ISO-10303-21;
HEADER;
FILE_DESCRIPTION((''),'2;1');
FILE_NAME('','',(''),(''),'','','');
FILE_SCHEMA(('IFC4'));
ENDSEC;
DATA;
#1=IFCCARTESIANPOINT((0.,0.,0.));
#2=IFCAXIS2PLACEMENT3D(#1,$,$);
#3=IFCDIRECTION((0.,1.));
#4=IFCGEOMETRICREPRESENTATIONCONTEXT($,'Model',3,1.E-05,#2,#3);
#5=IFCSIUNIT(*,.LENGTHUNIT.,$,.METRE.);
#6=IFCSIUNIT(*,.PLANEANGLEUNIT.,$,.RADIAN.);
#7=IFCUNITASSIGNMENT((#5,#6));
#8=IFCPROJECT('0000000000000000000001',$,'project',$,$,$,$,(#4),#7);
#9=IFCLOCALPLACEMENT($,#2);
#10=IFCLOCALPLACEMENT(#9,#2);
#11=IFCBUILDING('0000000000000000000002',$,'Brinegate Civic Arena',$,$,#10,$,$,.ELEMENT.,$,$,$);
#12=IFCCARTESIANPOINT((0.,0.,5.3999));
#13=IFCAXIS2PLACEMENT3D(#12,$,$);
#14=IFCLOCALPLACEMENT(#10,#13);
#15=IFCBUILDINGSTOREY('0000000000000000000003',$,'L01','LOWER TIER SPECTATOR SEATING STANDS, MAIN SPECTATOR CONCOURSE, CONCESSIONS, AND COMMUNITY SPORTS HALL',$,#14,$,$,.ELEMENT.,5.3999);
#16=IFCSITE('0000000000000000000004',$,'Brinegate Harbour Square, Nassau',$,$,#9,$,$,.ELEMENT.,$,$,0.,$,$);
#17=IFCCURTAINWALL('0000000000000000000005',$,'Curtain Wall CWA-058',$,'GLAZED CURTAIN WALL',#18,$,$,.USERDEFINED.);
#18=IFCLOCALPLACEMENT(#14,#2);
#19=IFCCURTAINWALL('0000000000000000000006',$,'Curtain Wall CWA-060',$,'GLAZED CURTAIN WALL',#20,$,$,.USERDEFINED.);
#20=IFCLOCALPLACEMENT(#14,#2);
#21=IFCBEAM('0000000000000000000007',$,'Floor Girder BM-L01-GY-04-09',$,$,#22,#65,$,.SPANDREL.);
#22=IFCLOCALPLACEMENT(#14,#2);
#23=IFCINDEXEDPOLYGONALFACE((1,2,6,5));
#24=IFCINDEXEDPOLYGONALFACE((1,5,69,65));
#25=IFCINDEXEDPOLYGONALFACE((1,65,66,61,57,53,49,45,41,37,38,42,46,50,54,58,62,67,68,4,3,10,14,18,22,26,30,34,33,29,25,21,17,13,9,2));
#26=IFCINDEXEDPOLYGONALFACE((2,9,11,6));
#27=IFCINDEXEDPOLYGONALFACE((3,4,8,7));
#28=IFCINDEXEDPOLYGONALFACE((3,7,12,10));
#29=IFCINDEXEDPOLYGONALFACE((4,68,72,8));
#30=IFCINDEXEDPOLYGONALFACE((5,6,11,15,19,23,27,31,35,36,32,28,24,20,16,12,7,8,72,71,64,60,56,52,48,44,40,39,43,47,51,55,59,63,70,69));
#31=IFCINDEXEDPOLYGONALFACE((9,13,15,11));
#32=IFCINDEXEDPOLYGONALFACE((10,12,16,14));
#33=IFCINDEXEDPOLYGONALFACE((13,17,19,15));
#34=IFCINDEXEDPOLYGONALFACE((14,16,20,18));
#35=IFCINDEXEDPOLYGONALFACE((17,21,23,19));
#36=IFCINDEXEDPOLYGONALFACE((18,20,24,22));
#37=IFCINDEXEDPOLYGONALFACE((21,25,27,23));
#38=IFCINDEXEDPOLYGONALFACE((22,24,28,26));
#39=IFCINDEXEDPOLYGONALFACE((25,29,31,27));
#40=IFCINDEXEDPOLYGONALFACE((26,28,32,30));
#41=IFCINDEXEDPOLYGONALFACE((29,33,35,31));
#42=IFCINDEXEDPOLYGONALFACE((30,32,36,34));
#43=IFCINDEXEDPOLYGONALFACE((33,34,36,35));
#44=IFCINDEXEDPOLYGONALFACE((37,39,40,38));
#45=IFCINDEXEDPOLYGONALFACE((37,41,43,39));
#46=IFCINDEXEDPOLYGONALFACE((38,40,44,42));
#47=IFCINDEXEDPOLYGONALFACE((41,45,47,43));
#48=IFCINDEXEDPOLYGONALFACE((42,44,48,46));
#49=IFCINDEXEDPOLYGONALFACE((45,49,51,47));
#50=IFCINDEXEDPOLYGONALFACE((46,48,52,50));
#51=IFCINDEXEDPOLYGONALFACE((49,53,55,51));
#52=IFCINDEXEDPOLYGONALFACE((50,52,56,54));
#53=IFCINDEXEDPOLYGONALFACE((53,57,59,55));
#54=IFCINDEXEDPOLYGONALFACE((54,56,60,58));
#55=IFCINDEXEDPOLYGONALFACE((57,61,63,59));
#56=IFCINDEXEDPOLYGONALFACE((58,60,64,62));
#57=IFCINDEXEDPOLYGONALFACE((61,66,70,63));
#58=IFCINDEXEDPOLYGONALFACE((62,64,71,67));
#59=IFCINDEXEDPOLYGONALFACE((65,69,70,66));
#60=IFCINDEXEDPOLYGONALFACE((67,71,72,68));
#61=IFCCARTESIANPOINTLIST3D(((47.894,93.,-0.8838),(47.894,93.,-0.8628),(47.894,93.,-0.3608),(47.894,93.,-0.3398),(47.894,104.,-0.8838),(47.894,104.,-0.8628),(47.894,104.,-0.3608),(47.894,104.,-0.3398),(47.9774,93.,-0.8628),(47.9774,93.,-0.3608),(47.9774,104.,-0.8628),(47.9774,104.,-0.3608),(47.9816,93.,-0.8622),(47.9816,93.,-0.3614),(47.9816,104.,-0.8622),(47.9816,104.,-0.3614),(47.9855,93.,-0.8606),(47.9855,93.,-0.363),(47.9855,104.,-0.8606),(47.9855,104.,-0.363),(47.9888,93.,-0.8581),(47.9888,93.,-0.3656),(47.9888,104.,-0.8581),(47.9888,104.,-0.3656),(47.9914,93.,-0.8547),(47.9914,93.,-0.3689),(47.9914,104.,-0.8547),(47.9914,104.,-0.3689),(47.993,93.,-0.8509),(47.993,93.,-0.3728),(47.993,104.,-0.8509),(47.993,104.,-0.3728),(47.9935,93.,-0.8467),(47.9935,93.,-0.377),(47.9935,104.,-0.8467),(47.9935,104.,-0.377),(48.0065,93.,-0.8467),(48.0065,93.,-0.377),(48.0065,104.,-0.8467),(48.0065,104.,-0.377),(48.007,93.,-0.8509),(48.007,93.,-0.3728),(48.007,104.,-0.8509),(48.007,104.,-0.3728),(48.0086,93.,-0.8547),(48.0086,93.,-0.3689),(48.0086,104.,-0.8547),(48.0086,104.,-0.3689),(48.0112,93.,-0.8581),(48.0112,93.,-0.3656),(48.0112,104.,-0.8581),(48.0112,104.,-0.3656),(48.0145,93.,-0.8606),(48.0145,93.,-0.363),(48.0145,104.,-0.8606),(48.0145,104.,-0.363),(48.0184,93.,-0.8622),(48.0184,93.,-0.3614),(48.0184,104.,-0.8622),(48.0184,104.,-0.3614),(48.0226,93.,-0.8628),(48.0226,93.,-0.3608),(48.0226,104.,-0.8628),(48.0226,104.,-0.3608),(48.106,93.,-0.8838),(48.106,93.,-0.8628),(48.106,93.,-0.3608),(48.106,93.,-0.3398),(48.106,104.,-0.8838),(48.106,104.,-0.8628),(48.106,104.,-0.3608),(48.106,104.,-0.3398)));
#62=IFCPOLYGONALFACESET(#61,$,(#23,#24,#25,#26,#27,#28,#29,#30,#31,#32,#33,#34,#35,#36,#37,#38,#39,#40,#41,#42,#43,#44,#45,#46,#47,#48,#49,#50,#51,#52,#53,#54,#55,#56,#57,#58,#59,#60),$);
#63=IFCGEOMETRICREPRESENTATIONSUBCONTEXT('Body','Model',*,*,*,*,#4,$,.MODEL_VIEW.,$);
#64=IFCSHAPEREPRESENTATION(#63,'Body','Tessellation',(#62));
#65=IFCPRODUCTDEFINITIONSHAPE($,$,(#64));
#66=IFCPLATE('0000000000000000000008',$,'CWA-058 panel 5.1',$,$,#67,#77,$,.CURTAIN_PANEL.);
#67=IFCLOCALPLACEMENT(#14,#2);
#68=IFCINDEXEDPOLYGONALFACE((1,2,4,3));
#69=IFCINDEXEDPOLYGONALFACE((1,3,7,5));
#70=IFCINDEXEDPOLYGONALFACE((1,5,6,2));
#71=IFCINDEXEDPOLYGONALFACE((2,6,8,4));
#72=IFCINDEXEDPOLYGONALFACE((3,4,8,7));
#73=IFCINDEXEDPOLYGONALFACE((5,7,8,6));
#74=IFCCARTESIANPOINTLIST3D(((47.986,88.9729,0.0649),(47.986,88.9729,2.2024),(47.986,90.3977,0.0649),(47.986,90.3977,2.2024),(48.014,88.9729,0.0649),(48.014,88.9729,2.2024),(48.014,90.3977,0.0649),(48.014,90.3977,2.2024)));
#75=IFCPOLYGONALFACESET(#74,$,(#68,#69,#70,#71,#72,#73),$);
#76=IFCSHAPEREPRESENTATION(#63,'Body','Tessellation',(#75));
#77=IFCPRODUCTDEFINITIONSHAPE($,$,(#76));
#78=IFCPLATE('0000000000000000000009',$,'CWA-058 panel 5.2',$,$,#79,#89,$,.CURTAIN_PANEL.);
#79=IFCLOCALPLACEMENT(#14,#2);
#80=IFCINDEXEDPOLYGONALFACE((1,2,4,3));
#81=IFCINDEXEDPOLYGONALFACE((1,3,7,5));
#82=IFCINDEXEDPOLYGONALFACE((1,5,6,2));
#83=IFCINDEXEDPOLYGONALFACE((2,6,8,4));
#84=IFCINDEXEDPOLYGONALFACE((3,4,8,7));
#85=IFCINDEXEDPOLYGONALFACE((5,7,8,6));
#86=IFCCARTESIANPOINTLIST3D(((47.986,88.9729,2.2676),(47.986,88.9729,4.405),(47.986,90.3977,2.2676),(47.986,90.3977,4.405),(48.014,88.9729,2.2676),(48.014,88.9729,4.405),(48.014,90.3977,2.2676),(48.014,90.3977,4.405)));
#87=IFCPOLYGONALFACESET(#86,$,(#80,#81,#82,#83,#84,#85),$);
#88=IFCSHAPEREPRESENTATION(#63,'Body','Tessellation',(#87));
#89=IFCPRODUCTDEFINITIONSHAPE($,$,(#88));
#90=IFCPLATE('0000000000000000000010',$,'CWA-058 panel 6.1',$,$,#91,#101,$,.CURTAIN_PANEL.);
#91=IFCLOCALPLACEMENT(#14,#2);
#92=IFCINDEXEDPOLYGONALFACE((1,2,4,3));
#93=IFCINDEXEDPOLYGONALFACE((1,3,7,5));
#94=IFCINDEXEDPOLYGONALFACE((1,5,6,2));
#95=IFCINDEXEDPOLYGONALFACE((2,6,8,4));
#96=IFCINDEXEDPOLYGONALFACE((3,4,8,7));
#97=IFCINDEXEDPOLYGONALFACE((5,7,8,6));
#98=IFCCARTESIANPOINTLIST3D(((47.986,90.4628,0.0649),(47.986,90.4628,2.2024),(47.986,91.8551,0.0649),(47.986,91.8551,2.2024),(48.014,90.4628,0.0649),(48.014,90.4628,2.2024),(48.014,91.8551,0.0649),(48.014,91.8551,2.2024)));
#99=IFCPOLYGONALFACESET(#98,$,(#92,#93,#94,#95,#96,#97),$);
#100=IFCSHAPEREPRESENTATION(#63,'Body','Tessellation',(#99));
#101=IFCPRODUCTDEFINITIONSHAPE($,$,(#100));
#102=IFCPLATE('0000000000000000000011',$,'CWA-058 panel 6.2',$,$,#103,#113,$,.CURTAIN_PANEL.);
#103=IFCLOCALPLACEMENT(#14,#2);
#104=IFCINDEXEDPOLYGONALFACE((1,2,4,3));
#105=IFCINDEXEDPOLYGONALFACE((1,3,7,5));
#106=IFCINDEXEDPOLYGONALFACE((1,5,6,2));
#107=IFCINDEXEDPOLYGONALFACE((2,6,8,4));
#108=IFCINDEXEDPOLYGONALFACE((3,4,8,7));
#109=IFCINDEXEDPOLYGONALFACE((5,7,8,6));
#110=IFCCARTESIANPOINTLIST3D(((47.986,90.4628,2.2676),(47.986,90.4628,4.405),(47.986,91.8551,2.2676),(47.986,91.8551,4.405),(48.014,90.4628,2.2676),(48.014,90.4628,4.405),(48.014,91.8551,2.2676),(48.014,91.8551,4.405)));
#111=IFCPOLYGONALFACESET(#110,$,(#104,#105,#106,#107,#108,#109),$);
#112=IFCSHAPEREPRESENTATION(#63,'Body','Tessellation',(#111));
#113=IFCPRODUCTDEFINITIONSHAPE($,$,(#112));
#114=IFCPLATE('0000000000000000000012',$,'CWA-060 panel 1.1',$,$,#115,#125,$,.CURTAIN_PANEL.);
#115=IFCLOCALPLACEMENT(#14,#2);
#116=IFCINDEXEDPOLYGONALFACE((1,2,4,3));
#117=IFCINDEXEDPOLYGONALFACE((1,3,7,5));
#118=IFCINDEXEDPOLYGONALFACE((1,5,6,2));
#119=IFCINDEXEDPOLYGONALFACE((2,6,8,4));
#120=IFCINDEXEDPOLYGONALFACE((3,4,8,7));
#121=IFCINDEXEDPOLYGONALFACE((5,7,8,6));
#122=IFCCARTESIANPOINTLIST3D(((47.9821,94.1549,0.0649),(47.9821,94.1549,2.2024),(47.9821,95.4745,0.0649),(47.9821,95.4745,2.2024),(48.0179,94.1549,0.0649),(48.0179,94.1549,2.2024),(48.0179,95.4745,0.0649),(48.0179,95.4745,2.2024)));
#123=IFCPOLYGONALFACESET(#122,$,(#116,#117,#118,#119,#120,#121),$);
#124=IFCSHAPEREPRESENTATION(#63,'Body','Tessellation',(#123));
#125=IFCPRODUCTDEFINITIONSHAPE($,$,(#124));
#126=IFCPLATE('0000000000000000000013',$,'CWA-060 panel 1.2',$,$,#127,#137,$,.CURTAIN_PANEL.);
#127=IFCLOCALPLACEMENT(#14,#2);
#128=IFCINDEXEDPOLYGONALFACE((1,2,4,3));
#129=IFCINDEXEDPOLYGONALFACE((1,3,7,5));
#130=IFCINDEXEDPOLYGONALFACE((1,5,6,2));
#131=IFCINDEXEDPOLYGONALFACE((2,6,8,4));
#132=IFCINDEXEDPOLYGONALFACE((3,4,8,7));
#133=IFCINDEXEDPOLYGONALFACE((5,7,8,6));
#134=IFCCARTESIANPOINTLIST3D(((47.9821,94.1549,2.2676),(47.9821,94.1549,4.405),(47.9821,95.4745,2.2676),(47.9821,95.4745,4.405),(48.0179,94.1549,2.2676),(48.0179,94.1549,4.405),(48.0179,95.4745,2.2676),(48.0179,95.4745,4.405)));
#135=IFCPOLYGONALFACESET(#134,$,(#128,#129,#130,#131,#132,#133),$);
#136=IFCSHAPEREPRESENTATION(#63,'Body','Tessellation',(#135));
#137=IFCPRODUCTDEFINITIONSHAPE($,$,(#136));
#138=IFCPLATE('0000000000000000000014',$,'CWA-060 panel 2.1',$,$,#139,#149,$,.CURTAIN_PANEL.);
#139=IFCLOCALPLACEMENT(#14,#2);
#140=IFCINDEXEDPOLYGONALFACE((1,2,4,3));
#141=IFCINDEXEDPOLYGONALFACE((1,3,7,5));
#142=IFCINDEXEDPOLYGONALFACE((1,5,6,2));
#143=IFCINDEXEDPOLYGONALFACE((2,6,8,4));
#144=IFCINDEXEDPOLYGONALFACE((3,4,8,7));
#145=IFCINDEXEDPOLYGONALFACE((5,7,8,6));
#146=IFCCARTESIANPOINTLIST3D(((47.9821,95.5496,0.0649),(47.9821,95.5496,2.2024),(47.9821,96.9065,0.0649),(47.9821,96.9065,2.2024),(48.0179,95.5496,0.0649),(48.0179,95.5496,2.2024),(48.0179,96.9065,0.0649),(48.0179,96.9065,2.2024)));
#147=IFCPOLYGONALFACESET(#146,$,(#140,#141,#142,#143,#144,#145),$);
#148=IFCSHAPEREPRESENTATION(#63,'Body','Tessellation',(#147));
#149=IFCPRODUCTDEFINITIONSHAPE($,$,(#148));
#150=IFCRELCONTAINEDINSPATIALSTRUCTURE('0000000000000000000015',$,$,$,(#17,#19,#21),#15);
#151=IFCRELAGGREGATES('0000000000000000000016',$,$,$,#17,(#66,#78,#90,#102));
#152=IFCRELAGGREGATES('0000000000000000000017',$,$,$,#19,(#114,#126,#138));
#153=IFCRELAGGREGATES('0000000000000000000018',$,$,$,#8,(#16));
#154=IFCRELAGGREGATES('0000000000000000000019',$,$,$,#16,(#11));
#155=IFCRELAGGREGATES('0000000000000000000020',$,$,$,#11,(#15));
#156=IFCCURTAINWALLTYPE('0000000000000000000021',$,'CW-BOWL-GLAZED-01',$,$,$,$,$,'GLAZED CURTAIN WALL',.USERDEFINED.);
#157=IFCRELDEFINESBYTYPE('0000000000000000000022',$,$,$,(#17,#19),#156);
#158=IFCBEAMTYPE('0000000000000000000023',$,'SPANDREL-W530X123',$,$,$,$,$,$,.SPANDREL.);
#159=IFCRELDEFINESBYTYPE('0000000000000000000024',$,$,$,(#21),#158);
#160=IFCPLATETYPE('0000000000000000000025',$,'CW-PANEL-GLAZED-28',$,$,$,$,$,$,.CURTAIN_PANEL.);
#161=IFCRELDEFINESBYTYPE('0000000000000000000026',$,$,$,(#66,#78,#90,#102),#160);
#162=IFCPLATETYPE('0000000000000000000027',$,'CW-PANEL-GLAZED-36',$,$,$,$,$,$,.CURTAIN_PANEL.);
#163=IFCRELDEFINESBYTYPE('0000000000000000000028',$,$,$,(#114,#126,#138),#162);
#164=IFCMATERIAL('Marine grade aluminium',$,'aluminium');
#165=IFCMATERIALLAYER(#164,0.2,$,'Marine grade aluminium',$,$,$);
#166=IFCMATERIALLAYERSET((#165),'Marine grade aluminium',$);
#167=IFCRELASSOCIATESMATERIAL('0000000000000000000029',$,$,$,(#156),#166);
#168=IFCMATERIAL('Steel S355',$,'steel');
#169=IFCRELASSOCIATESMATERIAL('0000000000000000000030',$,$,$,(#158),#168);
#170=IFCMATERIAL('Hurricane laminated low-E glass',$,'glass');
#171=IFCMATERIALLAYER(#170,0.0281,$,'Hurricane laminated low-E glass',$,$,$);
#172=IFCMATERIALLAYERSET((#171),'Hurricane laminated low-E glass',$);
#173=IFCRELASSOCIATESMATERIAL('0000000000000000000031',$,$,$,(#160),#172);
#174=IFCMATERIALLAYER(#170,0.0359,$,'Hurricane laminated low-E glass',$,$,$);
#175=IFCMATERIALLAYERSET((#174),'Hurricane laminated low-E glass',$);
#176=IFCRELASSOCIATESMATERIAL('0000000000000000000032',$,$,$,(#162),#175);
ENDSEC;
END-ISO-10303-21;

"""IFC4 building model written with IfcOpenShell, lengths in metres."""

from ifc_helpers import new_model, si_unit, direction, frame, origin, origin_2d, place, context, subcontext, project, spatial, rectangle, i_section, extrude, material, layer, layer_set, material_profile, profile_set, type_object, element, aggregate, save


model = new_model("IFC4")

# Units and contexts
model_context = context("Model", 3, precision=1e-05, world=origin(), true_north=direction((0.0, 1.0)))
body_context = subcontext(model_context, "Body", "Model", "MODEL_VIEW")
ifc_project = project(units=[si_unit("LENGTHUNIT", "METRE"), si_unit("PLANEANGLEUNIT", "RADIAN")], contexts=[model_context])

# Site, building, storey
site_placement = place(None, origin())
site = spatial("IfcSite", under=ifc_project, at=site_placement, Name="Brinegate Harbour Square, Nassau", CompositionType="ELEMENT", RefElevation=0.0)
building_placement = place(site_placement, origin())
building = spatial("IfcBuilding", under=site, at=building_placement, Name="Brinegate Civic Arena", CompositionType="ELEMENT")
storey_placement = place(building_placement, frame((0.0, 0.0, 5.3999)))
storey = spatial("IfcBuildingStorey", under=building, at=storey_placement, Name="L01", Description="LOWER TIER SPECTATOR SEATING STANDS, MAIN SPECTATOR CONCOURSE, CONCESSIONS, AND COMMUNITY SPORTS HALL", CompositionType="ELEMENT", Elevation=5.3999)

# Curtain walls
ifc_material_1 = material(Name="Marine grade aluminium", Category="aluminium")
ifc_layer_1 = layer(ifc_material_1, 0.2, Name="Marine grade aluminium")
ifc_layer_set_1 = layer_set([ifc_layer_1], Name="Marine grade aluminium")
curtain_wall_type = type_object("IfcCurtainWallType", Name="CW-BOWL-GLAZED-01", ElementType="GLAZED CURTAIN WALL", PredefinedType="USERDEFINED", material=ifc_layer_set_1)
curtain_wall_1_placement = place(storey_placement, origin())
curtain_wall_1 = element("IfcCurtainWall", 1, at=curtain_wall_1_placement, inside=storey, type_object=curtain_wall_type, Name="Curtain Wall CWA-058", ObjectType="GLAZED CURTAIN WALL", PredefinedType="USERDEFINED")
curtain_wall_2_placement = place(storey_placement, origin())
curtain_wall_2 = element("IfcCurtainWall", 2, at=curtain_wall_2_placement, inside=storey, type_object=curtain_wall_type, Name="Curtain Wall CWA-060", ObjectType="GLAZED CURTAIN WALL", PredefinedType="USERDEFINED")

# Beam
ifc_material_2 = material(Name="Steel S355", Category="steel")
ifc_material_profile_1 = material_profile(ifc_material_2, i_section(OverallWidth=0.2119, OverallDepth=0.5439, WebThickness=0.0129, FlangeThickness=0.021, FilletRadius=0.0161, at=origin_2d()), Name="W530X123")
ifc_profile_set_1 = profile_set([ifc_material_profile_1], Name="Steel S355")
beam_type_1 = type_object("IfcBeamType", Name="SPANDREL-W530X123", PredefinedType="SPANDREL", material=ifc_profile_set_1)
beam_1_placement = place(storey_placement, frame((48.0, 93.0, -0.6118), z_axis=(0.0, 1.0, 0.0), x_axis=(-1.0, 0.0, 0.0)))
element("IfcBeam", 3, at=beam_1_placement, inside=storey, type_object=beam_type_1, Name="Floor Girder BM-L01-GY-04-09", PredefinedType="SPANDREL", context=body_context, shape_type="SweptSolid", body=[
    extrude(i_section(OverallWidth=0.2119, OverallDepth=0.5439, WebThickness=0.0129, FlangeThickness=0.021, FilletRadius=0.0161, at=origin_2d()), origin(), (0.0, 0.0, 1.0), 11.0),
])

# Plates
ifc_material_3 = material(Name="Hurricane laminated low-E glass", Category="glass")
ifc_layer_2 = layer(ifc_material_3, 0.0281, Name="Hurricane laminated low-E glass")
ifc_layer_set_2 = layer_set([ifc_layer_2], Name="Hurricane laminated low-E glass")
plate_type_1 = type_object("IfcPlateType", Name="CW-PANEL-GLAZED-28", PredefinedType="CURTAIN_PANEL", material=ifc_layer_set_2)
plate_1_placement = place(storey_placement, frame((48.0, 89.6853, 0.0649), z_axis=(0.0, 0.0, 1.0), x_axis=(0.0, 1.0, 0.0)))
plate_1 = element("IfcPlate", 4, at=plate_1_placement, type_object=plate_type_1, Name="CWA-058 panel 5.1", PredefinedType="CURTAIN_PANEL", context=body_context, shape_type="SweptSolid", body=[
    extrude(rectangle(XDim=1.4248, YDim=0.0281, at=origin_2d()), origin(), (0.0, 0.0, 1.0), 2.1375),
])
plate_2_placement = place(storey_placement, frame((48.0, 89.6853, 2.2676), z_axis=(0.0, 0.0, 1.0), x_axis=(0.0, 1.0, 0.0)))
plate_2 = element("IfcPlate", 5, at=plate_2_placement, type_object=plate_type_1, Name="CWA-058 panel 5.2", PredefinedType="CURTAIN_PANEL", context=body_context, shape_type="SweptSolid", body=[
    extrude(rectangle(XDim=1.4248, YDim=0.0281, at=origin_2d()), origin(), (0.0, 0.0, 1.0), 2.1375),
])
plate_3_placement = place(storey_placement, frame((48.0, 91.1589, 0.0649), z_axis=(0.0, 0.0, 1.0), x_axis=(0.0, 1.0, 0.0)))
plate_3 = element("IfcPlate", 6, at=plate_3_placement, type_object=plate_type_1, Name="CWA-058 panel 6.1", PredefinedType="CURTAIN_PANEL", context=body_context, shape_type="SweptSolid", body=[
    extrude(rectangle(XDim=1.3923, YDim=0.0281, at=origin_2d()), origin(), (0.0, 0.0, 1.0), 2.1375),
])
plate_4_placement = place(storey_placement, frame((48.0, 91.1589, 2.2676), z_axis=(0.0, 0.0, 1.0), x_axis=(0.0, 1.0, 0.0)))
plate_4 = element("IfcPlate", 7, at=plate_4_placement, type_object=plate_type_1, Name="CWA-058 panel 6.2", PredefinedType="CURTAIN_PANEL", context=body_context, shape_type="SweptSolid", body=[
    extrude(rectangle(XDim=1.3923, YDim=0.0281, at=origin_2d()), origin(), (0.0, 0.0, 1.0), 2.1375),
])
aggregate(curtain_wall_1, [plate_1, plate_2, plate_3, plate_4])
ifc_layer_3 = layer(ifc_material_3, 0.0359, Name="Hurricane laminated low-E glass")
ifc_layer_set_3 = layer_set([ifc_layer_3], Name="Hurricane laminated low-E glass")
plate_type_2 = type_object("IfcPlateType", Name="CW-PANEL-GLAZED-36", PredefinedType="CURTAIN_PANEL", material=ifc_layer_set_3)
plate_5_placement = place(storey_placement, frame((48.0, 94.8147, 0.0649), z_axis=(0.0, 0.0, 1.0), x_axis=(0.0, 1.0, 0.0)))
plate_5 = element("IfcPlate", 8, at=plate_5_placement, type_object=plate_type_2, Name="CWA-060 panel 1.1", PredefinedType="CURTAIN_PANEL", context=body_context, shape_type="SweptSolid", body=[
    extrude(rectangle(XDim=1.3196, YDim=0.0359, at=origin_2d()), origin(), (0.0, 0.0, 1.0), 2.1375),
])
plate_6_placement = place(storey_placement, frame((48.0, 94.8147, 2.2676), z_axis=(0.0, 0.0, 1.0), x_axis=(0.0, 1.0, 0.0)))
plate_6 = element("IfcPlate", 9, at=plate_6_placement, type_object=plate_type_2, Name="CWA-060 panel 1.2", PredefinedType="CURTAIN_PANEL", context=body_context, shape_type="SweptSolid", body=[
    extrude(rectangle(XDim=1.3196, YDim=0.0359, at=origin_2d()), origin(), (0.0, 0.0, 1.0), 2.1375),
])
plate_7_placement = place(storey_placement, frame((48.0, 96.228, 0.0649), z_axis=(0.0, 0.0, 1.0), x_axis=(0.0, 1.0, 0.0)))
plate_7 = element("IfcPlate", 10, at=plate_7_placement, type_object=plate_type_2, Name="CWA-060 panel 2.1", PredefinedType="CURTAIN_PANEL", context=body_context, shape_type="SweptSolid", body=[
    extrude(rectangle(XDim=1.3569, YDim=0.0359, at=origin_2d()), origin(), (0.0, 0.0, 1.0), 2.1375),
])
aggregate(curtain_wall_2, [plate_5, plate_6, plate_7])

save(model, "model.ifc")
